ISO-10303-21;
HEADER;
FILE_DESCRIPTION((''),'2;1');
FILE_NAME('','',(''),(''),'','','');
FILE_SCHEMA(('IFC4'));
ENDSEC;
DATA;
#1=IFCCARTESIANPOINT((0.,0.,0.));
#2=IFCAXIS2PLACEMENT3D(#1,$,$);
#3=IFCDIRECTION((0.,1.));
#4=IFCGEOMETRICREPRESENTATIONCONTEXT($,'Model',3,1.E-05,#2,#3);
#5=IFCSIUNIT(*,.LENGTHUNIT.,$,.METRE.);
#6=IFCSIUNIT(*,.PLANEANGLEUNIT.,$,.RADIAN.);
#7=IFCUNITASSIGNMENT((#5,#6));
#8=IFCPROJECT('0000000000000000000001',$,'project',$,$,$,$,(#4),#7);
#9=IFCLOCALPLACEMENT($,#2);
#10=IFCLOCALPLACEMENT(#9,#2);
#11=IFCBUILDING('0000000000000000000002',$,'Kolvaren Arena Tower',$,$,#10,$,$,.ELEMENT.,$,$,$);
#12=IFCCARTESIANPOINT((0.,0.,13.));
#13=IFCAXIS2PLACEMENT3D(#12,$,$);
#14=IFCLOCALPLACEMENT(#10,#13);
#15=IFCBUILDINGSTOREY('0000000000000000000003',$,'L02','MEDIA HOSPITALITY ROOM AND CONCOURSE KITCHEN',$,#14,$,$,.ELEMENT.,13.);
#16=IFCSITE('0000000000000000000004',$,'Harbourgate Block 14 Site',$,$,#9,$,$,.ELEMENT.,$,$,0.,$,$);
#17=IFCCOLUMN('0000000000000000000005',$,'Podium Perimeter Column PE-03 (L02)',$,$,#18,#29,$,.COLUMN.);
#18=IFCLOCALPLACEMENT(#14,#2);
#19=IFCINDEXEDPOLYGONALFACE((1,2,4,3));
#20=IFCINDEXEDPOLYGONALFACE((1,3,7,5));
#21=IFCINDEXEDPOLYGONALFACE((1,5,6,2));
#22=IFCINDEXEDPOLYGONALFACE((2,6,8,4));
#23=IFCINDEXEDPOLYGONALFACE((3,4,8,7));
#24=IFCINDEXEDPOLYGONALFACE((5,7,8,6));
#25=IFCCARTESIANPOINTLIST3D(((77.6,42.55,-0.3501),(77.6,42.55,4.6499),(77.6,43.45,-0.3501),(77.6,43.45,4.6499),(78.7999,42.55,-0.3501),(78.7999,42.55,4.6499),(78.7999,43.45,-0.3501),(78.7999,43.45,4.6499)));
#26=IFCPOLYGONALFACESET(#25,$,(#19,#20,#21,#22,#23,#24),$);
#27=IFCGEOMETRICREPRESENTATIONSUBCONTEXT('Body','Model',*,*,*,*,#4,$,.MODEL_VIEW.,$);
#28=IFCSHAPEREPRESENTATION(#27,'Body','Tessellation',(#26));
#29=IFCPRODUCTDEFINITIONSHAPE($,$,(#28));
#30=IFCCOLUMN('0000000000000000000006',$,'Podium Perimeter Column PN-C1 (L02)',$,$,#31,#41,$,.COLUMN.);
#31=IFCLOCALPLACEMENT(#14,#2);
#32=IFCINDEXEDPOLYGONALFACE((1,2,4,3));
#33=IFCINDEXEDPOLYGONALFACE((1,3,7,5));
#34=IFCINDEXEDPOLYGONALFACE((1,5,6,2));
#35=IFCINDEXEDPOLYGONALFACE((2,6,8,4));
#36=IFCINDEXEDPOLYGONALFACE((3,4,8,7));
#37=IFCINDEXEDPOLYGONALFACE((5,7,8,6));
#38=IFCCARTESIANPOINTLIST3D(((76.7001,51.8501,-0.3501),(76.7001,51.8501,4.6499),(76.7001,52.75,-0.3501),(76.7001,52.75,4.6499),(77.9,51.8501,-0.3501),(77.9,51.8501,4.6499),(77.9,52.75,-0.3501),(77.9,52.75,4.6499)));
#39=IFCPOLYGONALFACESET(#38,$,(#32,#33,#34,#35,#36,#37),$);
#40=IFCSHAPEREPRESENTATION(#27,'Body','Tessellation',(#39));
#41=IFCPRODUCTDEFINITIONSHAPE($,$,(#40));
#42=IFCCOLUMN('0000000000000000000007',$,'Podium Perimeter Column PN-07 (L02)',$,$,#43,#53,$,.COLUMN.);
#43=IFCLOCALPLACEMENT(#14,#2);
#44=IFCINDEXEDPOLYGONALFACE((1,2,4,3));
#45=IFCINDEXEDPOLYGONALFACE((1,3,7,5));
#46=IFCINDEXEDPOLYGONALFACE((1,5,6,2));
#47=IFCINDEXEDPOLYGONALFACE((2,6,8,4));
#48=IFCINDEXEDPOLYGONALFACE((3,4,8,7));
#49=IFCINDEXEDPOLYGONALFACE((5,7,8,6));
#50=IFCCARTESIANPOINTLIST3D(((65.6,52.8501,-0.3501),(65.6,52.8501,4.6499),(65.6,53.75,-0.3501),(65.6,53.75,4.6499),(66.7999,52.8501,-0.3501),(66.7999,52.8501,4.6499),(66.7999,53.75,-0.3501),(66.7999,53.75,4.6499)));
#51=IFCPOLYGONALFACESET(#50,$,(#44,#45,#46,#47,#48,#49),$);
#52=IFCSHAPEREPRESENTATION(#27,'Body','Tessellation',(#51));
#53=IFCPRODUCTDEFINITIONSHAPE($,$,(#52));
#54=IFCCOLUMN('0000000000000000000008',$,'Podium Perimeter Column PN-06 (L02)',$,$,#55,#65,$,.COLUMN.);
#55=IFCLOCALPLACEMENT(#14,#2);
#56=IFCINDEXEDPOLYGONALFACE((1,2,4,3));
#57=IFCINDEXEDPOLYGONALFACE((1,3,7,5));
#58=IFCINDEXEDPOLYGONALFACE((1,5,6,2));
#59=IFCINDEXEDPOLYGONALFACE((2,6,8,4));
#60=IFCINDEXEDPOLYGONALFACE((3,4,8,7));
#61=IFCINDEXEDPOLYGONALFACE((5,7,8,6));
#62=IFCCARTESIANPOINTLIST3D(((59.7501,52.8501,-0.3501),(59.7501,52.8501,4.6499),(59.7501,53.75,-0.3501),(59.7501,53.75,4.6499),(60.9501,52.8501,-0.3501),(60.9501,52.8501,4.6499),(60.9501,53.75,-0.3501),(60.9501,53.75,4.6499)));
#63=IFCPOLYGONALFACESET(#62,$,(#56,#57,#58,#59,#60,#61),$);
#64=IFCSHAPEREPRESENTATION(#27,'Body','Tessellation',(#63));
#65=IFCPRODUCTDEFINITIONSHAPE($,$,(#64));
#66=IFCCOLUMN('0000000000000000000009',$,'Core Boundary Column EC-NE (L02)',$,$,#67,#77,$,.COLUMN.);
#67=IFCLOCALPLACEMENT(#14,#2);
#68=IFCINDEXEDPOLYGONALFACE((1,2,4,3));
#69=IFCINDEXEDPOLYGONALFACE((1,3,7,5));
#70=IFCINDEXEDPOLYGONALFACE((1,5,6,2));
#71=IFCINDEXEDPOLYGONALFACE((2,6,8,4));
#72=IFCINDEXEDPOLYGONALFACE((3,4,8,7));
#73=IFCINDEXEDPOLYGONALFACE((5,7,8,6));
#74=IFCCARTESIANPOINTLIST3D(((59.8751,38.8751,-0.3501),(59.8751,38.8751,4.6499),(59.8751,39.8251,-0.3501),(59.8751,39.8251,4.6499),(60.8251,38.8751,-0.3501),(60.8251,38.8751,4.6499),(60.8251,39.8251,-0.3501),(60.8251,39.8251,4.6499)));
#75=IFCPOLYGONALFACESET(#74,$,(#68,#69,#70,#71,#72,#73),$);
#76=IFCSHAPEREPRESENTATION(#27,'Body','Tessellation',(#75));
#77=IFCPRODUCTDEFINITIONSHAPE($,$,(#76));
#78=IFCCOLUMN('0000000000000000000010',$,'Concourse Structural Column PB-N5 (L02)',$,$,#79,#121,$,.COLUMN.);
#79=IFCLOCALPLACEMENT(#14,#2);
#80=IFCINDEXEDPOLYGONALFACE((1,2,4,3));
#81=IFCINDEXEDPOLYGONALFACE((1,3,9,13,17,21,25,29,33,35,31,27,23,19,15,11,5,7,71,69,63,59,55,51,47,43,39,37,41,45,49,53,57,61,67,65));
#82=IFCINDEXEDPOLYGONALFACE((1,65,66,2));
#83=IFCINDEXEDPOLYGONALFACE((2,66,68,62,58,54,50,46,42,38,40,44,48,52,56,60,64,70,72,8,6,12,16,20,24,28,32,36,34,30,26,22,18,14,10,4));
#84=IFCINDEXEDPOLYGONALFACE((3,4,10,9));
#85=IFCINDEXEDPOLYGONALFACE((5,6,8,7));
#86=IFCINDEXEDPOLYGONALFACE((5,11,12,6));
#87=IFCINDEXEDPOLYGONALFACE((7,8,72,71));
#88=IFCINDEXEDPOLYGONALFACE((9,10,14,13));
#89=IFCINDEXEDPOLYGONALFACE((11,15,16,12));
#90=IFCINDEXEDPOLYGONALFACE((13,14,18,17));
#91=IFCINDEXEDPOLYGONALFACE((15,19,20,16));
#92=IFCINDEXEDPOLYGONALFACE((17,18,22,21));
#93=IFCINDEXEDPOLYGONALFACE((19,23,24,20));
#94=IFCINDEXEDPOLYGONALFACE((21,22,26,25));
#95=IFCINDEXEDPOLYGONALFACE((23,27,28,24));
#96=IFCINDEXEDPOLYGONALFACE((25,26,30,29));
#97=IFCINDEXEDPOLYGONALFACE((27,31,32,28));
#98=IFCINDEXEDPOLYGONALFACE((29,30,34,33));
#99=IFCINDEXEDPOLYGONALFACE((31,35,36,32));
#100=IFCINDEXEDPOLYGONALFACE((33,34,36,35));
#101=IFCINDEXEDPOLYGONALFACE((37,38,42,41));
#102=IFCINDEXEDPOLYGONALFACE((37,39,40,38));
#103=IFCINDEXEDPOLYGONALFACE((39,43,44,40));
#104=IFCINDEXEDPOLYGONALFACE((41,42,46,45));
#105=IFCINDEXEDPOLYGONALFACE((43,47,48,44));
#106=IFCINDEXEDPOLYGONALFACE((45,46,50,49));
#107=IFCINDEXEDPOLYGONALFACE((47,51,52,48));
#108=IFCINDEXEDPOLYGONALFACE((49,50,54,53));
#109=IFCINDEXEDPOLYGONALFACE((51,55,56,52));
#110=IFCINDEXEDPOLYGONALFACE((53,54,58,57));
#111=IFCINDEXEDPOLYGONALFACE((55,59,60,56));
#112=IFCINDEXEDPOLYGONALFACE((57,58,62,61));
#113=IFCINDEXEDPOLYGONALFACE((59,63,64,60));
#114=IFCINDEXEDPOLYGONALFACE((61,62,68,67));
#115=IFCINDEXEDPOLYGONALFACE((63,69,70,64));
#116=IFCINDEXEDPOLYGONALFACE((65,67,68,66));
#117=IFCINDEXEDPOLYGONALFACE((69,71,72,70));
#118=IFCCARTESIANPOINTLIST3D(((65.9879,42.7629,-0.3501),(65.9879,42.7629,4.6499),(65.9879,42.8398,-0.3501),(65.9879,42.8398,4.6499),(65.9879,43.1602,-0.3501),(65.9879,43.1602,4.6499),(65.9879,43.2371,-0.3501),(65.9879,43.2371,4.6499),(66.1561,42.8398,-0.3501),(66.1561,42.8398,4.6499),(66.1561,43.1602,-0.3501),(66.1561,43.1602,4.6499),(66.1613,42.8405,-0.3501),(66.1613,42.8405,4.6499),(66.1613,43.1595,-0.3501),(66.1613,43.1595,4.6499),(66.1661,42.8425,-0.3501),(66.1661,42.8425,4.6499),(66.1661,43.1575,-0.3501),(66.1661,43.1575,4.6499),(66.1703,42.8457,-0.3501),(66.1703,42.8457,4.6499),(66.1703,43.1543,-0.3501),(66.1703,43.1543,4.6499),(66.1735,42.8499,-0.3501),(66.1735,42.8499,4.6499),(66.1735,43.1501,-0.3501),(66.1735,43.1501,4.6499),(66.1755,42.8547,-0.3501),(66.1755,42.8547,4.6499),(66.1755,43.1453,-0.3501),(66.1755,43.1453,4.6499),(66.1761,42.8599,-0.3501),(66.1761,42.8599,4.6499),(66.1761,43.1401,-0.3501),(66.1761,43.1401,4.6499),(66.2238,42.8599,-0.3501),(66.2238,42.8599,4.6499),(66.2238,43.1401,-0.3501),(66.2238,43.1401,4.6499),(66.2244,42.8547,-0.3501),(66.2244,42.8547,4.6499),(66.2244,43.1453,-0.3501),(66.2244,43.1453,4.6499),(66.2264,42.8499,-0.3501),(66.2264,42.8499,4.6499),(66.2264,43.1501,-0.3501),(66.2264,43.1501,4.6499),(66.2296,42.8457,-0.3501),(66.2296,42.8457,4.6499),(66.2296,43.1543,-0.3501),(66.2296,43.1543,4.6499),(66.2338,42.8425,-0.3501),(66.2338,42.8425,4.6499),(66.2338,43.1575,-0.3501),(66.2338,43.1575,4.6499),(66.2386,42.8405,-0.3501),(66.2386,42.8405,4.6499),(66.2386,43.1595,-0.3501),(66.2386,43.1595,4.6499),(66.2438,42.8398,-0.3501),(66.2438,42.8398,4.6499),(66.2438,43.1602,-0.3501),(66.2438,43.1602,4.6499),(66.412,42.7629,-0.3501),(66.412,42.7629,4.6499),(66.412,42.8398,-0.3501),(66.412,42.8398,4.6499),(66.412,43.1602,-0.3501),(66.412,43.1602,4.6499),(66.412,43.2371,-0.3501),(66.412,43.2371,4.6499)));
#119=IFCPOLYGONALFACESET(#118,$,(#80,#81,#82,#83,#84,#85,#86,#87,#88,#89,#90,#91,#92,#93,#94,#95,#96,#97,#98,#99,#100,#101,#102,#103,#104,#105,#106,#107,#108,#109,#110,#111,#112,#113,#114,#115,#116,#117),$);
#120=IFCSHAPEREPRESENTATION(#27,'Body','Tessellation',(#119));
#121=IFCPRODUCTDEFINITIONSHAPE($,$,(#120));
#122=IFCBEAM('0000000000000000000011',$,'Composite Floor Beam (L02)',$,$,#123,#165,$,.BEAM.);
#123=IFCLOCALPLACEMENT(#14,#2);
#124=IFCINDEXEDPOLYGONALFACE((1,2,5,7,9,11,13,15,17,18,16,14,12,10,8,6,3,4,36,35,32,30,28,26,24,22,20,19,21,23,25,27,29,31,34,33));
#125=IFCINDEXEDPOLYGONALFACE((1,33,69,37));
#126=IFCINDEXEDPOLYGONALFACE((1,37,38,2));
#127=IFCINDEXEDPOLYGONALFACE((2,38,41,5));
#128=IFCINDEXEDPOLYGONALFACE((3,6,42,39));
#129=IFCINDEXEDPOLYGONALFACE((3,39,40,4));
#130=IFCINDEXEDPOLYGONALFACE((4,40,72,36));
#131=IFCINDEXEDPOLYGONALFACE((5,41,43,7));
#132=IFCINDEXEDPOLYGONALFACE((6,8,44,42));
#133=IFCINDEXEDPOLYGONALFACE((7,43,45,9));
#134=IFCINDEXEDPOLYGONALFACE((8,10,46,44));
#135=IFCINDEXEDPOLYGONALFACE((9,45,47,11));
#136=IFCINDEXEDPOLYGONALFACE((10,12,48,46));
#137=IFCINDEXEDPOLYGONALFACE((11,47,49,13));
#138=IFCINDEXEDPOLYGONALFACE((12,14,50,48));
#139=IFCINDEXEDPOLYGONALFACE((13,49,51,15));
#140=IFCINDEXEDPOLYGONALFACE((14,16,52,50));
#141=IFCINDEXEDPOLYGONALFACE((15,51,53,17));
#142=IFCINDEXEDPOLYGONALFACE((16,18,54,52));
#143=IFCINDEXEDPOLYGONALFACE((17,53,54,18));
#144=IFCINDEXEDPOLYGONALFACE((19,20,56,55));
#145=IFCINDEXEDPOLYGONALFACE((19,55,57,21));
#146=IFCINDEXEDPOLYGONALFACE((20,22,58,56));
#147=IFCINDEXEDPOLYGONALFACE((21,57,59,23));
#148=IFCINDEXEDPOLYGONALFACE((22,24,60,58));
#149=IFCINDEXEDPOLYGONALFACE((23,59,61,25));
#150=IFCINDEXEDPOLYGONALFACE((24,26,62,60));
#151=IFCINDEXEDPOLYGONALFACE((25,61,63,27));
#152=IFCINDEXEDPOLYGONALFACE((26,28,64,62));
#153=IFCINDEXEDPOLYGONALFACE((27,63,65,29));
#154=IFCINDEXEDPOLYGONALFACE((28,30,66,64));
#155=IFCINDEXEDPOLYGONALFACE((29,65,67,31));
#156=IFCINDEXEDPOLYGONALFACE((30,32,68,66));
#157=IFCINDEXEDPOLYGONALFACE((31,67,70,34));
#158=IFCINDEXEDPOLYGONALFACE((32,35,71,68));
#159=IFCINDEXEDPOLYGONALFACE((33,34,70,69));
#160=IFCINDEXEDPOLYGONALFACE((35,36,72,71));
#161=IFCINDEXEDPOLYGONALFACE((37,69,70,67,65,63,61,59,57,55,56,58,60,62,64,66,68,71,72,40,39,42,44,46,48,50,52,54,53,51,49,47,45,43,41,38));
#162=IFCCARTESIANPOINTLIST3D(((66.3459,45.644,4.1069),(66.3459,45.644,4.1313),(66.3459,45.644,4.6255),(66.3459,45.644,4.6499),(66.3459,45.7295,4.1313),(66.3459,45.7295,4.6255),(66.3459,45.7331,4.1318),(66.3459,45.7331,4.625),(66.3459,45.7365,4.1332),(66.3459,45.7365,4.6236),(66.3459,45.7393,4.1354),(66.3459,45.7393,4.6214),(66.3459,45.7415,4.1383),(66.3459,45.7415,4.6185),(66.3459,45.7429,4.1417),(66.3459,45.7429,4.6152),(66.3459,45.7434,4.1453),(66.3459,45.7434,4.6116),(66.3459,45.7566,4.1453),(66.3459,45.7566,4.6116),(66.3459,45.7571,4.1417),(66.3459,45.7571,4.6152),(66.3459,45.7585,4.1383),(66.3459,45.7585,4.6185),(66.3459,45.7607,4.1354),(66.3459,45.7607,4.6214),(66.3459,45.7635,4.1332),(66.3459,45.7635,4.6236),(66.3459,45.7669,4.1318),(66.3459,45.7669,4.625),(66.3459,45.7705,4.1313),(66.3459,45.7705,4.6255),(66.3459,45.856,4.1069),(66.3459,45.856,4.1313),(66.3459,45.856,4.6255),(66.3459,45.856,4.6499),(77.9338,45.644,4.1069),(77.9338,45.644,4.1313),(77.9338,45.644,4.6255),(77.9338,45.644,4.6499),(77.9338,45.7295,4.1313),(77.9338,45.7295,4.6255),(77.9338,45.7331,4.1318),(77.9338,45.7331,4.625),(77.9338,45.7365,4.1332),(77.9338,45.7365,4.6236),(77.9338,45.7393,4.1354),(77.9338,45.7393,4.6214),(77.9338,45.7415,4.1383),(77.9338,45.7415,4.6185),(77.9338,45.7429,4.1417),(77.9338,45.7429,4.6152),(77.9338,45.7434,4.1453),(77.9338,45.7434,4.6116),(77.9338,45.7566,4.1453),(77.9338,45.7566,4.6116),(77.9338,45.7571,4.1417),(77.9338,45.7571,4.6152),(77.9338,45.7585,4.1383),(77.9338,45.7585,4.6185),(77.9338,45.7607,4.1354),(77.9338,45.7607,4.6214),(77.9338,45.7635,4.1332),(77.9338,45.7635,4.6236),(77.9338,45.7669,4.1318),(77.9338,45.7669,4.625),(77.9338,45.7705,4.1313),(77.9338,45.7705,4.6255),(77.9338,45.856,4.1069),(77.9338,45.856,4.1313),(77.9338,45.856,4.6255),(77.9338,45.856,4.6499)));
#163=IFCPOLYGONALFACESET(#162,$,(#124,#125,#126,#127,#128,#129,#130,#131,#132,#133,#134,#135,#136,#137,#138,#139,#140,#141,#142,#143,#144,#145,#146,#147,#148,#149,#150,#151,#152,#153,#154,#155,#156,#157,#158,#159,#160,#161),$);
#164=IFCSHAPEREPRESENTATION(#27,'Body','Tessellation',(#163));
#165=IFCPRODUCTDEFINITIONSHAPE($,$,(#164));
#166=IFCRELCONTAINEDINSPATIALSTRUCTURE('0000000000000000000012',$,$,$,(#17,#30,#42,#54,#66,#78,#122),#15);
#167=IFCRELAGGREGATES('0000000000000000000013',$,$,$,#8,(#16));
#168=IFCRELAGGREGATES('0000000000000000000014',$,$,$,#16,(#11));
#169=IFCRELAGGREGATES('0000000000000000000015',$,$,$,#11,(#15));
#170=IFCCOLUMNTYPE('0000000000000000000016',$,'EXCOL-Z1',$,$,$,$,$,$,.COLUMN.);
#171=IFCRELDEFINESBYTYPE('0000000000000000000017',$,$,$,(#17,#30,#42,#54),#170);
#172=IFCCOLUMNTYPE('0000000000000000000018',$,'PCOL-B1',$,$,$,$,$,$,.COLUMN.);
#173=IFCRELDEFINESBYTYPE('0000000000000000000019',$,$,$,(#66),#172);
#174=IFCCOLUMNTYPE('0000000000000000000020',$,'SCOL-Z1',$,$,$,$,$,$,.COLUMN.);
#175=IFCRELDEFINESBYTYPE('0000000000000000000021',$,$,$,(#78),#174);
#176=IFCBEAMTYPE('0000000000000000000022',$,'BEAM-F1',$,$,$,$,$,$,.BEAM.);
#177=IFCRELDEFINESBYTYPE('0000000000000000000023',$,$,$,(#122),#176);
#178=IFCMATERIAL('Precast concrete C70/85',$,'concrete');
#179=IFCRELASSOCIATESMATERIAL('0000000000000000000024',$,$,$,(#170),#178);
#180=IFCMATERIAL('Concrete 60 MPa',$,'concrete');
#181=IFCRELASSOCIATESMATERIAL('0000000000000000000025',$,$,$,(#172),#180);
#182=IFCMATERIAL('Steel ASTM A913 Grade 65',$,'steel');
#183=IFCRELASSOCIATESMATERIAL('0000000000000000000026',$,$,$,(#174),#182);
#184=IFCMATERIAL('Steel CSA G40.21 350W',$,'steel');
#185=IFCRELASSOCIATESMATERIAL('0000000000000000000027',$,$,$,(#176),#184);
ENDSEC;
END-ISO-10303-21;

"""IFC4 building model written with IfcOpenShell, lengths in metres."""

from ifc_helpers import new_model, si_unit, direction, frame, origin, origin_2d, place, context, subcontext, project, spatial, rectangle, i_section, extrude, material, material_profile, profile_set, type_object, element, save


model = new_model("IFC4")

# Units and contexts
model_context = context("Model", 3, precision=1e-05, world=origin(), true_north=direction((0.0, 1.0)))
body_context = subcontext(model_context, "Body", "Model", "MODEL_VIEW")
ifc_project = project(units=[si_unit("LENGTHUNIT", "METRE"), si_unit("PLANEANGLEUNIT", "RADIAN")], contexts=[model_context])

# Site, building, storey
site_placement = place(None, origin())
site = spatial("IfcSite", under=ifc_project, at=site_placement, Name="Harbourgate Block 14 Site", CompositionType="ELEMENT", RefElevation=0.0)
building_placement = place(site_placement, origin())
building = spatial("IfcBuilding", under=site, at=building_placement, Name="Kolvaren Arena Tower", CompositionType="ELEMENT")
storey_placement = place(building_placement, frame((0.0, 0.0, 13.0)))
storey = spatial("IfcBuildingStorey", under=building, at=storey_placement, Name="L02", Description="MEDIA HOSPITALITY ROOM AND CONCOURSE KITCHEN", CompositionType="ELEMENT", Elevation=13.0)

# Columns
ifc_material_1 = material(Name="Precast concrete C70/85", Category="concrete")
ifc_material_profile_1 = material_profile(ifc_material_1, rectangle(XDim=1.2, YDim=0.8999, at=origin_2d()), Name="RC-1200x900")
ifc_profile_set_1 = profile_set([ifc_material_profile_1], Name="Precast concrete C70/85")
column_type_1 = type_object("IfcColumnType", Name="EXCOL-Z1", PredefinedType="COLUMN", material=ifc_profile_set_1)
for number, where, z_axis, x_axis, name in (
    (1, (78.2, 43.0, -0.3501), (0.0, 0.0, 1.0), (1.0, 0.0, 0.0), "Podium Perimeter Column PE-03 (L02)"),
    (2, (77.3, 52.3, -0.3501), (0.0, 0.0, 1.0), (1.0, 0.0, 0.0), "Podium Perimeter Column PN-C1 (L02)"),
    (3, (66.2, 53.3, -0.3501), (0.0, 0.0, 1.0), (1.0, 0.0, 0.0), "Podium Perimeter Column PN-07 (L02)"),
    (4, (60.3501, 53.3, -0.3501), (0.0, 0.0, 1.0), (1.0, 0.0, 0.0), "Podium Perimeter Column PN-06 (L02)"),
):
    element("IfcColumn", number, at=place(storey_placement, frame(where, z_axis=z_axis, x_axis=x_axis)), inside=storey, type_object=column_type_1, Name=name, PredefinedType="COLUMN", context=body_context, shape_type="SweptSolid", body=[
        extrude(rectangle(XDim=1.2, YDim=0.8999, at=origin_2d()), origin(), (0.0, 0.0, 1.0), 5.0),
    ])
ifc_material_2 = material(Name="Concrete 60 MPa", Category="concrete")
ifc_material_profile_2 = material_profile(ifc_material_2, rectangle(XDim=0.95, YDim=0.95, at=origin_2d()), Name="RC-950x950")
ifc_profile_set_2 = profile_set([ifc_material_profile_2], Name="Concrete 60 MPa")
column_type_2 = type_object("IfcColumnType", Name="PCOL-B1", PredefinedType="COLUMN", material=ifc_profile_set_2)
column_1_placement = place(storey_placement, frame((60.3501, 39.3501, -0.3501), z_axis=(0.0, 0.0, 1.0), x_axis=(1.0, 0.0, 0.0)))
element("IfcColumn", 5, at=column_1_placement, inside=storey, type_object=column_type_2, Name="Core Boundary Column EC-NE (L02)", PredefinedType="COLUMN", context=body_context, shape_type="SweptSolid", body=[
    extrude(rectangle(XDim=0.95, YDim=0.95, at=origin_2d()), origin(), (0.0, 0.0, 1.0), 5.0),
])
ifc_material_3 = material(Name="Steel ASTM A913 Grade 65", Category="steel")
ifc_material_profile_3 = material_profile(ifc_material_3, i_section(OverallWidth=0.4241, OverallDepth=0.4741, WebThickness=0.0476, FlangeThickness=0.0769, FilletRadius=0.02, at=origin_2d()), Name="W360x634")
ifc_profile_set_3 = profile_set([ifc_material_profile_3], Name="Steel ASTM A913 Grade 65")
column_type_3 = type_object("IfcColumnType", Name="SCOL-Z1", PredefinedType="COLUMN", material=ifc_profile_set_3)
column_2_placement = place(storey_placement, frame((66.2, 43.0, -0.3501), z_axis=(0.0, 0.0, 1.0), x_axis=(1.0, 0.0, 0.0)))
element("IfcColumn", 6, at=column_2_placement, inside=storey, type_object=column_type_3, Name="Concourse Structural Column PB-N5 (L02)", PredefinedType="COLUMN", context=body_context, shape_type="SweptSolid", body=[
    extrude(i_section(OverallWidth=0.4241, OverallDepth=0.4741, WebThickness=0.0476, FlangeThickness=0.0769, FilletRadius=0.02, at=origin_2d()), origin(), (0.0, 0.0, 1.0), 5.0),
])

# Beam
ifc_material_4 = material(Name="Steel CSA G40.21 350W", Category="steel")
ifc_material_profile_4 = material_profile(ifc_material_4, i_section(OverallWidth=0.2119, OverallDepth=0.543, WebThickness=0.0132, FlangeThickness=0.0244, FilletRadius=0.0139, at=origin_2d()), Name="W530x150")
ifc_profile_set_4 = profile_set([ifc_material_profile_4], Name="Steel CSA G40.21 350W")
beam_type_1 = type_object("IfcBeamType", Name="BEAM-F1", PredefinedType="BEAM", material=ifc_profile_set_4)
beam_1_placement = place(storey_placement, frame((66.3459, 45.75, 4.3784), z_axis=(1.0, 0.0, 0.0), x_axis=(0.0, 1.0, 0.0)))
element("IfcBeam", 7, at=beam_1_placement, inside=storey, type_object=beam_type_1, Name="Composite Floor Beam (L02)", PredefinedType="BEAM", context=body_context, shape_type="SweptSolid", body=[
    extrude(i_section(OverallWidth=0.2119, OverallDepth=0.543, WebThickness=0.0132, FlangeThickness=0.0244, FilletRadius=0.0139, at=origin_2d()), origin(), (0.0, 0.0, 1.0), 11.5879),
])

save(model, "model.ifc")
